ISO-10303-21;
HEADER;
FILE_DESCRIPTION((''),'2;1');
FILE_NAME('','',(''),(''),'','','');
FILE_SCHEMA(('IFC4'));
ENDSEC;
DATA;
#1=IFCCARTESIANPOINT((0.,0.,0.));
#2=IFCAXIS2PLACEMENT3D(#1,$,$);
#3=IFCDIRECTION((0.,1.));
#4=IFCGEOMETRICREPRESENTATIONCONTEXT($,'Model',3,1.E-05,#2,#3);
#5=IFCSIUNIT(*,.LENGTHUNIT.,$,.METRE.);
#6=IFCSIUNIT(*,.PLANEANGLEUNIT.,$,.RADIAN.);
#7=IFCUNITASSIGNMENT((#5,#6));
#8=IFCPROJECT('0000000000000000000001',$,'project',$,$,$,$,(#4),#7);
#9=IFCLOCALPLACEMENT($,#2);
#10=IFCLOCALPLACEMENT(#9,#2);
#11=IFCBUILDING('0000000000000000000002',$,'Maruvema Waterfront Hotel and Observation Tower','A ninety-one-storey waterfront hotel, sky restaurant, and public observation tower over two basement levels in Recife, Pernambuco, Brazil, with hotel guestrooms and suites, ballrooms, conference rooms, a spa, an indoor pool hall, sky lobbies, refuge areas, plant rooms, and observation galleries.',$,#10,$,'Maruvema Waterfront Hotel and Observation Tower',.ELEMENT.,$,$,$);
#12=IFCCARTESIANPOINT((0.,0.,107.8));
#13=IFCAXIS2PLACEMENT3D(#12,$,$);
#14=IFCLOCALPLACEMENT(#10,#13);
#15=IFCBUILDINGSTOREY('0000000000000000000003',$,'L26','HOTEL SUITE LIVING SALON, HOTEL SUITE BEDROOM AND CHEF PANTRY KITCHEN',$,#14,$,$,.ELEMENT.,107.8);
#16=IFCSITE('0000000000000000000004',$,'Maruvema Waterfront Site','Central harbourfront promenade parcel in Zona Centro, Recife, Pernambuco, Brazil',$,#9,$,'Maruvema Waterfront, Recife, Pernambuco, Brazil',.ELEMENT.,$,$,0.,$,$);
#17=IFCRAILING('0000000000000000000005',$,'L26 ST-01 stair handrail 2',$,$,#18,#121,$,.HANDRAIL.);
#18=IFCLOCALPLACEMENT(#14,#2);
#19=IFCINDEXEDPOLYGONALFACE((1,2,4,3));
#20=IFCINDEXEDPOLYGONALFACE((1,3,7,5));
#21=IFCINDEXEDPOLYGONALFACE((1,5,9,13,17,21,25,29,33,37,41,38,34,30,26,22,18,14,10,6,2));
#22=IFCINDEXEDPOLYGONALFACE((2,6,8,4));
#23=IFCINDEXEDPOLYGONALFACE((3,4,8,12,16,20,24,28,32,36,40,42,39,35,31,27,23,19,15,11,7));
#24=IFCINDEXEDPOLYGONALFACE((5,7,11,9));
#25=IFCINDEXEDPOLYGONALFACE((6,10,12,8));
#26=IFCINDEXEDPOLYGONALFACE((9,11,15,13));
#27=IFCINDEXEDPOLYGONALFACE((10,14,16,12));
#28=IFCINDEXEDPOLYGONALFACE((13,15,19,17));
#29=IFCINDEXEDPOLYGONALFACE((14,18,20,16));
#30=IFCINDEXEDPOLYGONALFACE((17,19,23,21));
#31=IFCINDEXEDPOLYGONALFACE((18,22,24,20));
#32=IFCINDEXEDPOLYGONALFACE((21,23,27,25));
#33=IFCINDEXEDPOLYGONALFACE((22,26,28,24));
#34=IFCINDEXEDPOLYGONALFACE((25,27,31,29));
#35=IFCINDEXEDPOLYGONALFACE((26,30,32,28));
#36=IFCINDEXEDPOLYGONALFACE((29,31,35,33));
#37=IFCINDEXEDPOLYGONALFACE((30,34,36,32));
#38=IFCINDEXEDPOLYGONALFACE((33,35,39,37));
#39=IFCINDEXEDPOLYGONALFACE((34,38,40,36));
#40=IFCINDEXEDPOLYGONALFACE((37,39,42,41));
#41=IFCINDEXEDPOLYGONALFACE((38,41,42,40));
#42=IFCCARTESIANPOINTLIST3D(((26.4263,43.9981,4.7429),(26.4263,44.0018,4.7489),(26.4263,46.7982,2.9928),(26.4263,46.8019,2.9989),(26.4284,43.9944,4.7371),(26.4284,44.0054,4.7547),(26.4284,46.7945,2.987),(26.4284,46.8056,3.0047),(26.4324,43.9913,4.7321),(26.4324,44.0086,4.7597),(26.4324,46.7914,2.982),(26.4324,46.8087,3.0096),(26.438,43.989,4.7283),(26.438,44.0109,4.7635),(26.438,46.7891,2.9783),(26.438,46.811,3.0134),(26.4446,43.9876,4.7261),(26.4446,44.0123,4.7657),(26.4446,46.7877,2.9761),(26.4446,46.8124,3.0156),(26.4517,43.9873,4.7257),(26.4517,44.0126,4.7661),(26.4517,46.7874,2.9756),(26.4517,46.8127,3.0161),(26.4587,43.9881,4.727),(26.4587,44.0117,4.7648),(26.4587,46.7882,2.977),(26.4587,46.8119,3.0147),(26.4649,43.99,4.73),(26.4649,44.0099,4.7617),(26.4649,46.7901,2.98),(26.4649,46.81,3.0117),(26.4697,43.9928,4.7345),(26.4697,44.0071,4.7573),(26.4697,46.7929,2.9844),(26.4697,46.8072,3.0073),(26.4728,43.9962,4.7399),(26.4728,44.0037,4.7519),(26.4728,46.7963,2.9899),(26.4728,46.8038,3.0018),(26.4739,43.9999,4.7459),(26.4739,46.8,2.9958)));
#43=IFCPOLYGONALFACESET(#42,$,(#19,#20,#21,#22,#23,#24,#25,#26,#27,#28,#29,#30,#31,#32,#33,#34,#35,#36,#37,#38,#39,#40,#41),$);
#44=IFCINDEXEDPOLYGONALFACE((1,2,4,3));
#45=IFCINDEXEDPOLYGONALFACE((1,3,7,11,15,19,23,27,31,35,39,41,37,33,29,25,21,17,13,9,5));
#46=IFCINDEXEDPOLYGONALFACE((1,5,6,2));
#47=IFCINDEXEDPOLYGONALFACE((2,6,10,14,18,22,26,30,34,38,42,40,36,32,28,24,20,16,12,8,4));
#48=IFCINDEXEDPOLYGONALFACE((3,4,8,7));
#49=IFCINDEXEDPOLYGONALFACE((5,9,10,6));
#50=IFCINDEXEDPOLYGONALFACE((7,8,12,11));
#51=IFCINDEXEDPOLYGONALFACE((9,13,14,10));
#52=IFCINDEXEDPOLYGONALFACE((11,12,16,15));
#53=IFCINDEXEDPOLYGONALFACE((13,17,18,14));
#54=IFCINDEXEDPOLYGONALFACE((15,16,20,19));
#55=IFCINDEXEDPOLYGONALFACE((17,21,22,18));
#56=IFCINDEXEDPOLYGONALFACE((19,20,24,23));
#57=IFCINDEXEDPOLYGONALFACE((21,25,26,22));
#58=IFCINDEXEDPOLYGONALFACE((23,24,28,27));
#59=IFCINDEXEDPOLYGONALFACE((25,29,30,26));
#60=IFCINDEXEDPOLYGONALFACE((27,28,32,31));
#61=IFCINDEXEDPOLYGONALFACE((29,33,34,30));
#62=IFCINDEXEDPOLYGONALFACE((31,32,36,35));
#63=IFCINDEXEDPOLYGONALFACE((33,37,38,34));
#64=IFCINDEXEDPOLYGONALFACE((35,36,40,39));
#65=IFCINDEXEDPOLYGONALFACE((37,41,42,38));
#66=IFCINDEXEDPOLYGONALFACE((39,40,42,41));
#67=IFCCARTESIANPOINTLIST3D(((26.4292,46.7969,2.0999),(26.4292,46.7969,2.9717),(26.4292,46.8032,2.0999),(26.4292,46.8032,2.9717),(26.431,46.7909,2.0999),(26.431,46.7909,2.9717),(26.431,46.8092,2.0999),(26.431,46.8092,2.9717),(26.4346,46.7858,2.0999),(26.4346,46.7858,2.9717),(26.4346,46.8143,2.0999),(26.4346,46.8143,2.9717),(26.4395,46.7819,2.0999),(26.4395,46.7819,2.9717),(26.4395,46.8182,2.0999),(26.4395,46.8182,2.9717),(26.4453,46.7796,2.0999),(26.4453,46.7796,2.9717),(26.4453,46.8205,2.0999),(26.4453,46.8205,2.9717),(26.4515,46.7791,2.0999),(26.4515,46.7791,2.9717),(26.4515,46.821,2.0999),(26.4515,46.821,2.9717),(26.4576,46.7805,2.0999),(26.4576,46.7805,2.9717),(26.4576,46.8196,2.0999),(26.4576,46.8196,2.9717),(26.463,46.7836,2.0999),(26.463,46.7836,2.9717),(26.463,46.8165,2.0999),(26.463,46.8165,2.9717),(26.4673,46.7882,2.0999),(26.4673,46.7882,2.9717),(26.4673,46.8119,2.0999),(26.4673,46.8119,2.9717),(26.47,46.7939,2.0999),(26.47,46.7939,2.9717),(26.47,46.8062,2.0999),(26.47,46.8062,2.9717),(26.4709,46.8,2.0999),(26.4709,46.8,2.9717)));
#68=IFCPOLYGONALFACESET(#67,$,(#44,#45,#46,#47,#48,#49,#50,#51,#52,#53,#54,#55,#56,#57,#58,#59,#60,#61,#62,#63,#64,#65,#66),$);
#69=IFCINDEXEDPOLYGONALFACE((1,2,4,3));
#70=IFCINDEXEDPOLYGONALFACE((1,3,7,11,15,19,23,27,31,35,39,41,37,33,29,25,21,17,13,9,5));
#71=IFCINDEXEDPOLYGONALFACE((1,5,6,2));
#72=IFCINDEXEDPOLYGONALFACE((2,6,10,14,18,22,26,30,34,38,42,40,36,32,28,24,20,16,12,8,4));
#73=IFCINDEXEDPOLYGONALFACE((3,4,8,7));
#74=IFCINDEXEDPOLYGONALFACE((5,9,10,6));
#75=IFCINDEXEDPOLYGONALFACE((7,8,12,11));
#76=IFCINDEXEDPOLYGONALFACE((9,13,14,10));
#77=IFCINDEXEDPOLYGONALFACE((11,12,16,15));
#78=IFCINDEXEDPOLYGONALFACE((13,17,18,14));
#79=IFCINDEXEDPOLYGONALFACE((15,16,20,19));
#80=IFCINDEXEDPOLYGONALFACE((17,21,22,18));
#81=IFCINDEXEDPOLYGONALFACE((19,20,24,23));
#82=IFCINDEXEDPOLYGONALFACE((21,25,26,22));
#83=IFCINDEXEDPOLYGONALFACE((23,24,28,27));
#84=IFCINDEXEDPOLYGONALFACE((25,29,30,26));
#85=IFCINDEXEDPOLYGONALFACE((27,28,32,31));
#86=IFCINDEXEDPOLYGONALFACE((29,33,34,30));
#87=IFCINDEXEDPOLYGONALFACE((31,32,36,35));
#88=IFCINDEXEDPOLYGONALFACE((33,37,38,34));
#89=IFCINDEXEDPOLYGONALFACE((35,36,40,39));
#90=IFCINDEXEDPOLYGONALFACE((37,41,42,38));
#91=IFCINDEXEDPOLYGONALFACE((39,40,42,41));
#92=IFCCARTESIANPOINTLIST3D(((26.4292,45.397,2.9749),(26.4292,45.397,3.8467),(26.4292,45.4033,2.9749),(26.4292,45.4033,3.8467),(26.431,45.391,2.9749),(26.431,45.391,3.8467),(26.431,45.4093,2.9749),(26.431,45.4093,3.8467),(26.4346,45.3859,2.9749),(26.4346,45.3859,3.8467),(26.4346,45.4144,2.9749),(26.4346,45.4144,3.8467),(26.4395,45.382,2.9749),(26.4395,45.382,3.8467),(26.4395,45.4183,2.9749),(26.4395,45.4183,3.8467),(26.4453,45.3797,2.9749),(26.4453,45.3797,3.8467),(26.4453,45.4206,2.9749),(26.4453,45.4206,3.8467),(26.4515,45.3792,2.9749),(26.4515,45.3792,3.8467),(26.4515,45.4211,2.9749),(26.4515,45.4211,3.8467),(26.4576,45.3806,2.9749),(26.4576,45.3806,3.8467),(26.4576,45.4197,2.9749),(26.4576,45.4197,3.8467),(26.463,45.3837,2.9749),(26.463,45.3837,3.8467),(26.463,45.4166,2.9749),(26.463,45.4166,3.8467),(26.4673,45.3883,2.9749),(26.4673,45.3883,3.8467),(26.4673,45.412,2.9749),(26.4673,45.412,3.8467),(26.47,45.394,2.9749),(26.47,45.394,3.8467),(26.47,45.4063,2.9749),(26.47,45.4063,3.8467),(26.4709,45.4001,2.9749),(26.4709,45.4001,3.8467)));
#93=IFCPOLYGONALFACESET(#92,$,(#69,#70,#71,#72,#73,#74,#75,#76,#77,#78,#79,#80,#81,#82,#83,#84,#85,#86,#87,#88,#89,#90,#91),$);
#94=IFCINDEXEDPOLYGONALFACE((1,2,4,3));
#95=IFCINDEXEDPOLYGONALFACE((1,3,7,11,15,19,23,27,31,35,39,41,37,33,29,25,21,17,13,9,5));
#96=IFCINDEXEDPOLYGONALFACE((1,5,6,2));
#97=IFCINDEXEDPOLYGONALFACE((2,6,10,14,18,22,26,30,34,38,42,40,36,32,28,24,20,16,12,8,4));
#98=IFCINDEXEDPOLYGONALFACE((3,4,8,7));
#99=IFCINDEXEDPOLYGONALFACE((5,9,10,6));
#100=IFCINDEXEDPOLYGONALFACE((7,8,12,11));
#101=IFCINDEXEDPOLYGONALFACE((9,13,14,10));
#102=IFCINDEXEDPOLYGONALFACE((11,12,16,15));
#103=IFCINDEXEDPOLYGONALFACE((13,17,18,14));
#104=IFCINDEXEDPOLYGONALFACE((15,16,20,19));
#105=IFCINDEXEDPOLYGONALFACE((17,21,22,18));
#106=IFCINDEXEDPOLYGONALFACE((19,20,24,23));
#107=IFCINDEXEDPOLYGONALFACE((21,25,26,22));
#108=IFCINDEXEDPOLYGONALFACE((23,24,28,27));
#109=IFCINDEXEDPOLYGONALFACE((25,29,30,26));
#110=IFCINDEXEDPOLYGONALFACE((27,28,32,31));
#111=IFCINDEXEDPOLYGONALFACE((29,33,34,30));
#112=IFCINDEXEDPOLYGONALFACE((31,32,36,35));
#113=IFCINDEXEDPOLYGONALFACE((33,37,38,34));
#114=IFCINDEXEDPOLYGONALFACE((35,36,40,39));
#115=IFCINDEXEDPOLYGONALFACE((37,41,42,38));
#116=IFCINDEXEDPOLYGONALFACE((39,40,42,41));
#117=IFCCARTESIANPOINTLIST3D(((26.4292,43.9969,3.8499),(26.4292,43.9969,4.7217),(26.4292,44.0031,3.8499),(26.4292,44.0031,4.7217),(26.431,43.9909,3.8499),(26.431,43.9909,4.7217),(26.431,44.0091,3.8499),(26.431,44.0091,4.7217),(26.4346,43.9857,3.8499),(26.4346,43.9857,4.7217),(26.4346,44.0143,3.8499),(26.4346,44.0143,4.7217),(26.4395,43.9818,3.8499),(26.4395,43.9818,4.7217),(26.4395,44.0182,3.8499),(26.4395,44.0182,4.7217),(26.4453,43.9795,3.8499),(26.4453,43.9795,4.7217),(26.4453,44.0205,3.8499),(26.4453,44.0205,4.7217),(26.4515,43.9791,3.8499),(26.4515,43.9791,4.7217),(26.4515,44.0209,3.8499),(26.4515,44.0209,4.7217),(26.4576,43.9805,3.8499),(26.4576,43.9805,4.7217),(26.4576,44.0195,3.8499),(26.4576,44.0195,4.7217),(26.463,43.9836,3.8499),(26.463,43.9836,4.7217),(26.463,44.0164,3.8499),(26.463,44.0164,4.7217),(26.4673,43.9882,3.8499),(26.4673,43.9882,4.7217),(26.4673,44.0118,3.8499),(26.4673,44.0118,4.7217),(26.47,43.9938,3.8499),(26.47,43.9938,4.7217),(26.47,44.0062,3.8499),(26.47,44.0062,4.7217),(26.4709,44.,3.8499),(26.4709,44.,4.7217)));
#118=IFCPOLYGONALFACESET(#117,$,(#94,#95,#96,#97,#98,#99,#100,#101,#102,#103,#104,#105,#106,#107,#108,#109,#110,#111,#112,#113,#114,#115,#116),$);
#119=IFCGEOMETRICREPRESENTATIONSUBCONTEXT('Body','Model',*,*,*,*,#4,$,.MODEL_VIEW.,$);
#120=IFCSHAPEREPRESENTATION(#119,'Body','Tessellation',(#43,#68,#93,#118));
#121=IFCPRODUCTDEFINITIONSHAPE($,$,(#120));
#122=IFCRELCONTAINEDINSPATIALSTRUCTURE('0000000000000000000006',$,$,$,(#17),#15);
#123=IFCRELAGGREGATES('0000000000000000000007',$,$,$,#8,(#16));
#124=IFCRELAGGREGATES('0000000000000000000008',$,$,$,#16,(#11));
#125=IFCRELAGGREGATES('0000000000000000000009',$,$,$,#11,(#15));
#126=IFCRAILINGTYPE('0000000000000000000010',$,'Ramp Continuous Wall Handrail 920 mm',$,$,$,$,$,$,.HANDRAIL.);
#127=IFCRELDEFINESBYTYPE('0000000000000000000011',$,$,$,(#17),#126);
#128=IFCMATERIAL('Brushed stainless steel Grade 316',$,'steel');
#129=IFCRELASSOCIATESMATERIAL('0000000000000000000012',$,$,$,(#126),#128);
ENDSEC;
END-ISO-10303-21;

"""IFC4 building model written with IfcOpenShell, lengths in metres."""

from ifc_helpers import new_model, si_unit, direction, frame, origin, origin_2d, place, context, subcontext, project, spatial, circle, extrude, material, type_object, element, save


model = new_model("IFC4")

# Units and contexts
model_context = context("Model", 3, precision=1e-05, world=origin(), true_north=direction((0.0, 1.0)))
body_context = subcontext(model_context, "Body", "Model", "MODEL_VIEW")
ifc_project = project(units=[si_unit("LENGTHUNIT", "METRE"), si_unit("PLANEANGLEUNIT", "RADIAN")], contexts=[model_context])

# Site, building, storey
site_placement = place(None, origin())
site = spatial("IfcSite", under=ifc_project, at=site_placement, Name="Maruvema Waterfront Site", Description="Central harbourfront promenade parcel in Zona Centro, Recife, Pernambuco, Brazil", LongName="Maruvema Waterfront, Recife, Pernambuco, Brazil", CompositionType="ELEMENT", RefElevation=0.0)
building_placement = place(site_placement, origin())
building = spatial("IfcBuilding", under=site, at=building_placement, Name="Maruvema Waterfront Hotel and Observation Tower", Description="A ninety-one-storey waterfront hotel, sky restaurant, and public observation tower over two basement levels in Recife, Pernambuco, Brazil, with hotel guestrooms and suites, ballrooms, conference rooms, a spa, an indoor pool hall, sky lobbies, refuge areas, plant rooms, and observation galleries.", LongName="Maruvema Waterfront Hotel and Observation Tower", CompositionType="ELEMENT")
storey_placement = place(building_placement, frame((0.0, 0.0, 107.8)))
storey = spatial("IfcBuildingStorey", under=building, at=storey_placement, Name="L26", Description="HOTEL SUITE LIVING SALON, HOTEL SUITE BEDROOM AND CHEF PANTRY KITCHEN", CompositionType="ELEMENT", Elevation=107.8)

# Railing
ifc_material_1 = material(Name="Brushed stainless steel Grade 316", Category="steel")
railing_type_1 = type_object("IfcRailingType", Name="Ramp Continuous Wall Handrail 920 mm", PredefinedType="HANDRAIL", material=ifc_material_1)
railing_1_placement = place(storey_placement, frame((26.45, 46.8, 2.0999)))
element("IfcRailing", 1, at=railing_1_placement, inside=storey, type_object=railing_type_1, Name="L26 ST-01 stair handrail 2", PredefinedType="HANDRAIL", context=body_context, shape_type="SweptSolid", body=[
    extrude(circle(Radius=0.0239, at=origin_2d()), frame((0.0, 0.0, 0.896), z_axis=(0.0, -0.848002, 0.529992), x_axis=(1.0, 0.0, 0.0)), (0.0, 0.0, 1.0), 3.302),
    extrude(circle(Radius=0.021, at=origin_2d()), origin(), (0.0, 0.0, 1.0), 0.8718),
    extrude(circle(Radius=0.021, at=origin_2d()), frame((0.0, -1.3999, 0.875)), (0.0, 0.0, 1.0), 0.8718),
    extrude(circle(Radius=0.021, at=origin_2d()), frame((0.0, -2.8, 1.75)), (0.0, 0.0, 1.0), 0.8718),
])

save(model, "model.ifc")
